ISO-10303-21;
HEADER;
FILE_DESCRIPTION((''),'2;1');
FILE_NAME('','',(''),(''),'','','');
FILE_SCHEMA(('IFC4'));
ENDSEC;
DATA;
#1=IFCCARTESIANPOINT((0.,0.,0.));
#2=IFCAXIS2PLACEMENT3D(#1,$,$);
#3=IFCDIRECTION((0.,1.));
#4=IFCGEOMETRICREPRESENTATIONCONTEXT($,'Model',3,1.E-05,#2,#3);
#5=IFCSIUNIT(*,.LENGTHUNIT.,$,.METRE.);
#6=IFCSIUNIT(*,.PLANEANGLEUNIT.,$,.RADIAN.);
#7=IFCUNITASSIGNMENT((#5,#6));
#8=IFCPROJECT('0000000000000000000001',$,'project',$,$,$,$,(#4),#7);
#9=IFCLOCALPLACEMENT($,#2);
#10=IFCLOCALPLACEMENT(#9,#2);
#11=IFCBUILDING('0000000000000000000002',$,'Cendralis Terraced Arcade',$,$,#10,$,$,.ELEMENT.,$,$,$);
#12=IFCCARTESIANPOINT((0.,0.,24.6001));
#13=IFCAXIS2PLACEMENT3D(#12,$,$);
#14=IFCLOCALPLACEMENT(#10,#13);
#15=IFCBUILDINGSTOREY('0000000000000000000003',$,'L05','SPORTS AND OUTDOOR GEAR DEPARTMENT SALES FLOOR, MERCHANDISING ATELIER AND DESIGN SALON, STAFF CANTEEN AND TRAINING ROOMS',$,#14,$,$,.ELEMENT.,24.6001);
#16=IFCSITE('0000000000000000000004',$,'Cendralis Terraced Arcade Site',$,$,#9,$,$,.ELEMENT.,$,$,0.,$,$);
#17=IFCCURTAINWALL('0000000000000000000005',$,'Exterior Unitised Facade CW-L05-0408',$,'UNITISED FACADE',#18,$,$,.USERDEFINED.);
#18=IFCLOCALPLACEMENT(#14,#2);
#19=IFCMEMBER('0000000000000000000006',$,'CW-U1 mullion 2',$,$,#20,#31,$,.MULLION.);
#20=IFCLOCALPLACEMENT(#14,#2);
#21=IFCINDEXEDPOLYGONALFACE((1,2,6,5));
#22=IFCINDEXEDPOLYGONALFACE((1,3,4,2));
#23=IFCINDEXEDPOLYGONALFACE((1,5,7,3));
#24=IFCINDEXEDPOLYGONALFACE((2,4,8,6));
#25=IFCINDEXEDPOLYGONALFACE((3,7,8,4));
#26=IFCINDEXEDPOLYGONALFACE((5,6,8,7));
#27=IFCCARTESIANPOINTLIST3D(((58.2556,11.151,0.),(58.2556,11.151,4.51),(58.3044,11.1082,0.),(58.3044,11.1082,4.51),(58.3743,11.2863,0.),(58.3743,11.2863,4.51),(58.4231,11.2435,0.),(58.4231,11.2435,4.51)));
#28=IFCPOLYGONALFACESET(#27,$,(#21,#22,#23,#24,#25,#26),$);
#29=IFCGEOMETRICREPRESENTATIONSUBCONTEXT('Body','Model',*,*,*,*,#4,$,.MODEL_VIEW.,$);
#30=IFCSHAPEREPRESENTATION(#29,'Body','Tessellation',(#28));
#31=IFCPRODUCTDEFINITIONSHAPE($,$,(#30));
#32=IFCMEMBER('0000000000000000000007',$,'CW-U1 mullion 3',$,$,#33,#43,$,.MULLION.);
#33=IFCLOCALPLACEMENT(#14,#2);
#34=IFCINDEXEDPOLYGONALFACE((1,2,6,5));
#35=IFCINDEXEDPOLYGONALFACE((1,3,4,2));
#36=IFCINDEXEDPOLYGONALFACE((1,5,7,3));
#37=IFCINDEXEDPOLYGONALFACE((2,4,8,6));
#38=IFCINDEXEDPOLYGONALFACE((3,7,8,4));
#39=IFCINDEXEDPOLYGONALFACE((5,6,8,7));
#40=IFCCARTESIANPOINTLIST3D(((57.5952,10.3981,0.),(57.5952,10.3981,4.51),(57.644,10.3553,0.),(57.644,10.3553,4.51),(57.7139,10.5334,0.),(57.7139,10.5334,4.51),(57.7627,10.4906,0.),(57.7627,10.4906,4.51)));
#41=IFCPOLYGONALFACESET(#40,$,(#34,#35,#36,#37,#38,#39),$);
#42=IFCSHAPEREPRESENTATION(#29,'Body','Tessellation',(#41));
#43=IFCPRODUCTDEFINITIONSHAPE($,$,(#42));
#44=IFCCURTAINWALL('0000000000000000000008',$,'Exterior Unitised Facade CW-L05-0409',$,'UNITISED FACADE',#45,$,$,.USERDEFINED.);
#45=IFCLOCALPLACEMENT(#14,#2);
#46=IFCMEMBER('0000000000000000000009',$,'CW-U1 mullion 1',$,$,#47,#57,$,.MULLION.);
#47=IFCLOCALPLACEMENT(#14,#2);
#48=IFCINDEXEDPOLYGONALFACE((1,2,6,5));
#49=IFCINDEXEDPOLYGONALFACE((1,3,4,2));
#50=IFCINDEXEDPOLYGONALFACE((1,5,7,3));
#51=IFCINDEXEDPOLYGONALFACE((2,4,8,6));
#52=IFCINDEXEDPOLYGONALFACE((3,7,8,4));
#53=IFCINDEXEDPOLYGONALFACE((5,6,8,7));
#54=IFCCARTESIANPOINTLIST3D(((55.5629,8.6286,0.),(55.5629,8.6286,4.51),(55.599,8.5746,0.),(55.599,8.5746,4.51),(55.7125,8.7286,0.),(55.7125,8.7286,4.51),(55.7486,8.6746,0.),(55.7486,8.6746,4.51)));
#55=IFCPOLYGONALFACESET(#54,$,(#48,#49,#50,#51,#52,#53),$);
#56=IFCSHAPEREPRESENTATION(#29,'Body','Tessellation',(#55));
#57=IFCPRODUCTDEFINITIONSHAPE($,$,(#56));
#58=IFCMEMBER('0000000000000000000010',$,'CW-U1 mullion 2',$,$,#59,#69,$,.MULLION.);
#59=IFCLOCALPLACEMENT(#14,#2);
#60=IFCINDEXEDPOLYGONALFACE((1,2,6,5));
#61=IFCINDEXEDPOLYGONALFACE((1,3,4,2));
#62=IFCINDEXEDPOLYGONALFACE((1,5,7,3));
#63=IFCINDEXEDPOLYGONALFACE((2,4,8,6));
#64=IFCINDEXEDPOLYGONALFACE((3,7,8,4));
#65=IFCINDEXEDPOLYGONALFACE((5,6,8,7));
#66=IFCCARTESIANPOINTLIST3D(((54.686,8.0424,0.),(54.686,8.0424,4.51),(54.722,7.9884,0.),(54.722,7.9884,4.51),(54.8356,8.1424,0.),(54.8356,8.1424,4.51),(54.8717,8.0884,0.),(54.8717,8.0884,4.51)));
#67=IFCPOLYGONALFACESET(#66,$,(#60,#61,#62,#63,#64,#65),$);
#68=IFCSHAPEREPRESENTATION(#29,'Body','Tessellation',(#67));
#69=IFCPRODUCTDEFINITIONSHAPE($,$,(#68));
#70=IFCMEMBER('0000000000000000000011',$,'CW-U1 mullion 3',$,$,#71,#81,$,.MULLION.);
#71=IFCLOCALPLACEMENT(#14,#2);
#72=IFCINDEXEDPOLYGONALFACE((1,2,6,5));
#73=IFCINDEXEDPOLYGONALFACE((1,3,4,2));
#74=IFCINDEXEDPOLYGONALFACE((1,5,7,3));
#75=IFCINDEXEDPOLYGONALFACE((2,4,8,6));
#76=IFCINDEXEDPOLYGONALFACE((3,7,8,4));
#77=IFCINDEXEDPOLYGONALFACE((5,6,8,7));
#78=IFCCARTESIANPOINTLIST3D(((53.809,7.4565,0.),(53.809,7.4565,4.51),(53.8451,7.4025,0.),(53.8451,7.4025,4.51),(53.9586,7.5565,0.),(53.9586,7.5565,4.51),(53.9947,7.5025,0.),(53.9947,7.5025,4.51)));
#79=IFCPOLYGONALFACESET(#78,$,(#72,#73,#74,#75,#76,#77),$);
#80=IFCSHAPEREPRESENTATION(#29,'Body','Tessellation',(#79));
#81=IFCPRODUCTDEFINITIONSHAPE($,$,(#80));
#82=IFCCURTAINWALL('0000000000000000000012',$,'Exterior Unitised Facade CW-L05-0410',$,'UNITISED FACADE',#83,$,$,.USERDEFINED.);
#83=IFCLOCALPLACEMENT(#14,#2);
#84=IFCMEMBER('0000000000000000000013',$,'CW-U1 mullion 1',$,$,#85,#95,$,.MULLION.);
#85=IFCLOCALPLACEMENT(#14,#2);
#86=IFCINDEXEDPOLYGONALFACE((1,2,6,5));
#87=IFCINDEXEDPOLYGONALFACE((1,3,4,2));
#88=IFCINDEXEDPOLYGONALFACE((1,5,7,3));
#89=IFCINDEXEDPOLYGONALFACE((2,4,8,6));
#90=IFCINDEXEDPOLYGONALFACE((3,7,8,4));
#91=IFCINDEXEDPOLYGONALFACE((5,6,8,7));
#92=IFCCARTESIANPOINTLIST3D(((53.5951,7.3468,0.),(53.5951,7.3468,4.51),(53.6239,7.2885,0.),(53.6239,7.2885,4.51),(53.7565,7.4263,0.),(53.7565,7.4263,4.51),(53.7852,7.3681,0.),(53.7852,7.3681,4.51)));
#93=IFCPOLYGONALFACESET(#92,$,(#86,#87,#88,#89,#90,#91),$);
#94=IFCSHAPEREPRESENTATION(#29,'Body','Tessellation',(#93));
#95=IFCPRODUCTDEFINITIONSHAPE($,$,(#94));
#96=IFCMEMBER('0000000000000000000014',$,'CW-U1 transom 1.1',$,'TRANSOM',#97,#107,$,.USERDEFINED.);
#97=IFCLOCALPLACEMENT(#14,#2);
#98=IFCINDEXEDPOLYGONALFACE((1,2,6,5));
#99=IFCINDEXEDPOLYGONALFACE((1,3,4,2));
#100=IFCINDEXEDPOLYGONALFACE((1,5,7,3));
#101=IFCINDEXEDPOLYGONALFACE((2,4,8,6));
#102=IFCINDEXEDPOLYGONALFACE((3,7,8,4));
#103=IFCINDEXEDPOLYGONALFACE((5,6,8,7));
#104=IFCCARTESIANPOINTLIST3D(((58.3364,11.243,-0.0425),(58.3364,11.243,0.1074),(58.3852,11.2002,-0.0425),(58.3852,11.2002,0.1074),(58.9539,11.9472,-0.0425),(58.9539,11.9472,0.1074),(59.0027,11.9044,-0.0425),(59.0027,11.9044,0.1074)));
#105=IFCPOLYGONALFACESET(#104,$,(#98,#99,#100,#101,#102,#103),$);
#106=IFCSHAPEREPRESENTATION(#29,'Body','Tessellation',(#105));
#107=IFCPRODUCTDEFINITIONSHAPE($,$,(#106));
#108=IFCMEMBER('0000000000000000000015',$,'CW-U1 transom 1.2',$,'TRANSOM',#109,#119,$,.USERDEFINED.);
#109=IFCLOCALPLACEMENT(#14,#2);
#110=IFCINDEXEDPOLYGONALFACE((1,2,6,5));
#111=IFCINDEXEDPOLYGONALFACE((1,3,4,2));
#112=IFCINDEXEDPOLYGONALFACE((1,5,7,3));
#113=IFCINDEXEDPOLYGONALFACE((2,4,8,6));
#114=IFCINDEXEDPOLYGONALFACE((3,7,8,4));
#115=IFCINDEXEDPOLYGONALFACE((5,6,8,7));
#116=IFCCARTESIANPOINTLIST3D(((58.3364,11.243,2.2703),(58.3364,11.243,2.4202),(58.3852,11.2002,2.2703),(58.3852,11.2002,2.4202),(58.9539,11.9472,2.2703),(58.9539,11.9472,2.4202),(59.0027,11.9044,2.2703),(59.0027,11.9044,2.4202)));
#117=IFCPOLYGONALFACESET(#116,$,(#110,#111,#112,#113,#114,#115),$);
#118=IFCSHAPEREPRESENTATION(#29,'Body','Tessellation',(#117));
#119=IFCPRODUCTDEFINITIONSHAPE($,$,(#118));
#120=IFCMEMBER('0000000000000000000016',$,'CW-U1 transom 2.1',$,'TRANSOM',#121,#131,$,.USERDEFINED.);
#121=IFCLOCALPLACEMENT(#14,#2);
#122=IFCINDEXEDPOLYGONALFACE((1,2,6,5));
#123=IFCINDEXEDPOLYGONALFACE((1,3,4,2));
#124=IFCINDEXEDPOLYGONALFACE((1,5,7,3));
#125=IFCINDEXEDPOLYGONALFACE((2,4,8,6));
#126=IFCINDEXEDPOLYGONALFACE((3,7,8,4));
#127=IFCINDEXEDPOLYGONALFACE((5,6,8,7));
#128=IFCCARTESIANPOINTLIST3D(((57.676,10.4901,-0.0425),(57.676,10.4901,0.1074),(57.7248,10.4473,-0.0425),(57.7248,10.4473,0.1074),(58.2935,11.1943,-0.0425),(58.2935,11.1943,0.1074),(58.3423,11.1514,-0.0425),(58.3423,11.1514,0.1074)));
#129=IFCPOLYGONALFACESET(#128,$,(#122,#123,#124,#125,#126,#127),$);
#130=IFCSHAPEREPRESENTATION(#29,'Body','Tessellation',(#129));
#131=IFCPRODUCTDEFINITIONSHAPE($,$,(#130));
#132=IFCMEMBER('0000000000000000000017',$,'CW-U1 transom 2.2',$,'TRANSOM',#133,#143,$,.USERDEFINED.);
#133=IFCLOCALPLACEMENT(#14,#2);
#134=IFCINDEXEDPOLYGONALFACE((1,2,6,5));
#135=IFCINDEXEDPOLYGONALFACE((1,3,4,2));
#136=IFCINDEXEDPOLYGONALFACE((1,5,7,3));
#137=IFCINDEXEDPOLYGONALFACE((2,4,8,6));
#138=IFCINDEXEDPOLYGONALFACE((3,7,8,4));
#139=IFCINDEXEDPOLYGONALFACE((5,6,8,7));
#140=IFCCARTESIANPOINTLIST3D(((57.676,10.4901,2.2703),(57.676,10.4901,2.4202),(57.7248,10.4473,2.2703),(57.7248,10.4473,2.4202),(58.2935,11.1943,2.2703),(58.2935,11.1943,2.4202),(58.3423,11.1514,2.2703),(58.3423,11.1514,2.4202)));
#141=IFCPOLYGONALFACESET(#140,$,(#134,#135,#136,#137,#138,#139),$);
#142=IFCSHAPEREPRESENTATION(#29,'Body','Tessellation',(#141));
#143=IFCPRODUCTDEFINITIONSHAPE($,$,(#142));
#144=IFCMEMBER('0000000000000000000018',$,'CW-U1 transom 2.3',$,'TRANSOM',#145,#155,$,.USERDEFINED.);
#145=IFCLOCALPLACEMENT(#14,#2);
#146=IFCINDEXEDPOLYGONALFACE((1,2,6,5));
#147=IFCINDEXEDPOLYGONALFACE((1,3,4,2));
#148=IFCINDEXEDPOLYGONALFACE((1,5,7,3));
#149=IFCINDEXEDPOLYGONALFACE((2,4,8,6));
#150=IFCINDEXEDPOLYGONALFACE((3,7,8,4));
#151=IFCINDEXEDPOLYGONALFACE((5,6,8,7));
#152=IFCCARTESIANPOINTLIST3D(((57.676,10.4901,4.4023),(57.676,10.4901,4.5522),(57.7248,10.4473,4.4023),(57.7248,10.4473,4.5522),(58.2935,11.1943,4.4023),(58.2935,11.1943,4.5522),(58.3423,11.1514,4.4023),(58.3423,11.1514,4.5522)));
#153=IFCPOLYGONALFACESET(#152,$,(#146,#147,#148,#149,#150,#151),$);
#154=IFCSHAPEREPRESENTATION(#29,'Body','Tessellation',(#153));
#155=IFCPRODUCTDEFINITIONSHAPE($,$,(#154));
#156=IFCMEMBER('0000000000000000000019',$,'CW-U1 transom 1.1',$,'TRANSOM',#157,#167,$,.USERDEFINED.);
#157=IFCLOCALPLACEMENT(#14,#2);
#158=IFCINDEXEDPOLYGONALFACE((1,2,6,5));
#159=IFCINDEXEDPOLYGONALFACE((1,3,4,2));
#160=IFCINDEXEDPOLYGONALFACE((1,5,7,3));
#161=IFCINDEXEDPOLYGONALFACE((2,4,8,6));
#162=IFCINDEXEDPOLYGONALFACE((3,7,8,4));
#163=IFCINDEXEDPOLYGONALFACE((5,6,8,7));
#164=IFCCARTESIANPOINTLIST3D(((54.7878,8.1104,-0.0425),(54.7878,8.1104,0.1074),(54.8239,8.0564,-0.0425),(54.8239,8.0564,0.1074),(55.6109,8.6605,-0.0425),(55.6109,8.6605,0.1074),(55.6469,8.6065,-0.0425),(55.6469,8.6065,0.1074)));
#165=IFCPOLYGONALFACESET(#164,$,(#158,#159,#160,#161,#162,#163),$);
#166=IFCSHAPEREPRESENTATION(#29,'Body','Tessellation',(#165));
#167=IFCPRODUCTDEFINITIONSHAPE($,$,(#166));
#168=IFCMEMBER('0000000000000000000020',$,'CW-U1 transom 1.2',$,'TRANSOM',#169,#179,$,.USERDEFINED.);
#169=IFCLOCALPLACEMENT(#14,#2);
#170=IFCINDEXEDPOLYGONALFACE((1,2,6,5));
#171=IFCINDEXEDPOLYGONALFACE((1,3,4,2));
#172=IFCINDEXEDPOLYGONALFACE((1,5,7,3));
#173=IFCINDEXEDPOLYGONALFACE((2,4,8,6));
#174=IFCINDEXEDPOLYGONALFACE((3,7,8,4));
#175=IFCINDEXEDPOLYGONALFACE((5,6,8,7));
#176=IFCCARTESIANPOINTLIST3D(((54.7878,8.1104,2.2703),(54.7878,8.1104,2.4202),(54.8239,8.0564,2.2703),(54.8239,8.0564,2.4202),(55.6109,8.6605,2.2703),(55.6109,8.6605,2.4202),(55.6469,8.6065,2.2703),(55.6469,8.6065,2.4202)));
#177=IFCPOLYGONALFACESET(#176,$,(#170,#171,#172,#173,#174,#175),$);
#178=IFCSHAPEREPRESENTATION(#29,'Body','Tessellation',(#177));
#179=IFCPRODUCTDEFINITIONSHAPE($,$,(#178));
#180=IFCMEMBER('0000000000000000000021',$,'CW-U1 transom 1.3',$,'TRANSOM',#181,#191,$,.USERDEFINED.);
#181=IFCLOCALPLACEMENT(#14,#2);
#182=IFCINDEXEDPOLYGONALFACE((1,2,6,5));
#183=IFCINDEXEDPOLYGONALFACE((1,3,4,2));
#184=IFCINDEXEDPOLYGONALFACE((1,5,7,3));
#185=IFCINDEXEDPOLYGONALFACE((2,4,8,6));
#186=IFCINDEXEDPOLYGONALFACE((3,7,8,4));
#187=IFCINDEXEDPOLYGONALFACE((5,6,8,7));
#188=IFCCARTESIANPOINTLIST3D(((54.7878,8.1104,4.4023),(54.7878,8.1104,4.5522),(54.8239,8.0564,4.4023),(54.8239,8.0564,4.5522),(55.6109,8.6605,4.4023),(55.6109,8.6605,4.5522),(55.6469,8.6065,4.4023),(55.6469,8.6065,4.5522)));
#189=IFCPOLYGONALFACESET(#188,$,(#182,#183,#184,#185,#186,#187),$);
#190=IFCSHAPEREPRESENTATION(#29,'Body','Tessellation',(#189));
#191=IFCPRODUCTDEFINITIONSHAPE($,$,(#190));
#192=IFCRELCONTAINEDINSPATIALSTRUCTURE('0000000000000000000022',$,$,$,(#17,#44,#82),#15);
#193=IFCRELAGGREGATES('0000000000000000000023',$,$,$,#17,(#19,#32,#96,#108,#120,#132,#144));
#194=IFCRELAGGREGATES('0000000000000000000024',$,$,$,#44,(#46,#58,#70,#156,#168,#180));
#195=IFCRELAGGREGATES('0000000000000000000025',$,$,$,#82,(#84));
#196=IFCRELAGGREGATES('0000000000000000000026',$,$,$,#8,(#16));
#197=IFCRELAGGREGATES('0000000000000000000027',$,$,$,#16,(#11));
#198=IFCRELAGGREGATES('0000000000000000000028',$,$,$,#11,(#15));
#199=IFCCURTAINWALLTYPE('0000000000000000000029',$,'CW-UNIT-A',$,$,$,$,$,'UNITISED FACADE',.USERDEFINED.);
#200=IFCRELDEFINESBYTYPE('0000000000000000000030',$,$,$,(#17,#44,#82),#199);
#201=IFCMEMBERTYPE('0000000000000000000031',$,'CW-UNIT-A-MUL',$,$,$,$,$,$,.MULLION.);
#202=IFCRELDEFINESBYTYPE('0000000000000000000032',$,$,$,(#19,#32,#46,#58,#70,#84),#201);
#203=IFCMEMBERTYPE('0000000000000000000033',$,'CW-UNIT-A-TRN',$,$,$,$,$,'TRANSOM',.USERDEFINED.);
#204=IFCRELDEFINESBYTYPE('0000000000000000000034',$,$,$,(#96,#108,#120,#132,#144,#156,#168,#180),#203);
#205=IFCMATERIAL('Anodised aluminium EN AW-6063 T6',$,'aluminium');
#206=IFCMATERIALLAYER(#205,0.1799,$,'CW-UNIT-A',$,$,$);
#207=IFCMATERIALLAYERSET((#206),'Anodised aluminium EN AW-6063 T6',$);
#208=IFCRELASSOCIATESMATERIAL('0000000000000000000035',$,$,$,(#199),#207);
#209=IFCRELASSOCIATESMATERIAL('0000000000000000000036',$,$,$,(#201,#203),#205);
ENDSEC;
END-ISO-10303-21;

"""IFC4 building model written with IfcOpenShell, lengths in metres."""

from ifc_helpers import new_model, si_unit, direction, frame, origin, origin_2d, place, context, subcontext, project, spatial, rectangle, extrude, material, layer, layer_set, material_profile, profile_set, type_object, element, aggregate, save


model = new_model("IFC4")

# Units and contexts
model_context = context("Model", 3, precision=1e-05, world=origin(), true_north=direction((0.0, 1.0)))
body_context = subcontext(model_context, "Body", "Model", "MODEL_VIEW")
ifc_project = project(units=[si_unit("LENGTHUNIT", "METRE"), si_unit("PLANEANGLEUNIT", "RADIAN")], contexts=[model_context])

# Site, building, storey
site_placement = place(None, origin())
site = spatial("IfcSite", under=ifc_project, at=site_placement, Name="Cendralis Terraced Arcade Site", CompositionType="ELEMENT", RefElevation=0.0)
building_placement = place(site_placement, origin())
building = spatial("IfcBuilding", under=site, at=building_placement, Name="Cendralis Terraced Arcade", CompositionType="ELEMENT")
storey_placement = place(building_placement, frame((0.0, 0.0, 24.6001)))
storey = spatial("IfcBuildingStorey", under=building, at=storey_placement, Name="L05", Description="SPORTS AND OUTDOOR GEAR DEPARTMENT SALES FLOOR, MERCHANDISING ATELIER AND DESIGN SALON, STAFF CANTEEN AND TRAINING ROOMS", CompositionType="ELEMENT", Elevation=24.6001)

# Curtain walls, members
ifc_material_1 = material(Name="Anodised aluminium EN AW-6063 T6", Category="aluminium")
ifc_layer_1 = layer(ifc_material_1, 0.1799, Name="CW-UNIT-A")
ifc_layer_set_1 = layer_set([ifc_layer_1], Name="Anodised aluminium EN AW-6063 T6")
curtain_wall_type = type_object("IfcCurtainWallType", Name="CW-UNIT-A", ElementType="UNITISED FACADE", PredefinedType="USERDEFINED", material=ifc_layer_set_1)
curtain_wall_1_placement = place(storey_placement, origin())
curtain_wall_1 = element("IfcCurtainWall", 1, at=curtain_wall_1_placement, inside=storey, type_object=curtain_wall_type, Name="Exterior Unitised Facade CW-L05-0408", ObjectType="UNITISED FACADE", PredefinedType="USERDEFINED")
ifc_material_profile_1 = material_profile(ifc_material_1, rectangle(XDim=0.0649, YDim=0.1799, at=origin_2d()), Name="ALU-MUL-65x180")
ifc_profile_set_1 = profile_set([ifc_material_profile_1], Name="Anodised aluminium EN AW-6063 T6")
member_type_1 = type_object("IfcMemberType", Name="CW-UNIT-A-MUL", PredefinedType="MULLION", material=ifc_profile_set_1)
member_1_placement = place(storey_placement, frame((58.3394, 11.1973, 0.0), z_axis=(0.0, 0.0, 1.0), x_axis=(0.751803, -0.659387, 0.0)))
member_1 = element("IfcMember", 2, at=member_1_placement, type_object=member_type_1, Name="CW-U1 mullion 2", PredefinedType="MULLION", context=body_context, shape_type="SweptSolid", body=[
    extrude(rectangle(XDim=0.0649, YDim=0.1799, at=origin_2d()), origin(), (0.0, 0.0, 1.0), 4.51),
])
member_2_placement = place(storey_placement, frame((57.679, 10.4443, 0.0), z_axis=(0.0, 0.0, 1.0), x_axis=(0.751803, -0.659387, 0.0)))
member_2 = element("IfcMember", 3, at=member_2_placement, type_object=member_type_1, Name="CW-U1 mullion 3", PredefinedType="MULLION", context=body_context, shape_type="SweptSolid", body=[
    extrude(rectangle(XDim=0.0649, YDim=0.1799, at=origin_2d()), origin(), (0.0, 0.0, 1.0), 4.51),
])
curtain_wall_2_placement = place(storey_placement, origin())
curtain_wall_2 = element("IfcCurtainWall", 4, at=curtain_wall_2_placement, inside=storey, type_object=curtain_wall_type, Name="Exterior Unitised Facade CW-L05-0409", ObjectType="UNITISED FACADE", PredefinedType="USERDEFINED")
member_3_placement = place(storey_placement, frame((55.6558, 8.6516, 0.0), z_axis=(0.0, 0.0, 1.0), x_axis=(0.555559, -0.831477, 0.0)))
member_3 = element("IfcMember", 5, at=member_3_placement, type_object=member_type_1, Name="CW-U1 mullion 1", PredefinedType="MULLION", context=body_context, shape_type="SweptSolid", body=[
    extrude(rectangle(XDim=0.0649, YDim=0.1799, at=origin_2d()), origin(), (0.0, 0.0, 1.0), 4.51),
])
member_4_placement = place(storey_placement, frame((54.7788, 8.0654, 0.0), z_axis=(0.0, 0.0, 1.0), x_axis=(0.555559, -0.831477, 0.0)))
member_4 = element("IfcMember", 6, at=member_4_placement, type_object=member_type_1, Name="CW-U1 mullion 2", PredefinedType="MULLION", context=body_context, shape_type="SweptSolid", body=[
    extrude(rectangle(XDim=0.0649, YDim=0.1799, at=origin_2d()), origin(), (0.0, 0.0, 1.0), 4.51),
])
member_5_placement = place(storey_placement, frame((53.9019, 7.4795, 0.0), z_axis=(0.0, 0.0, 1.0), x_axis=(0.555559, -0.831477, 0.0)))
member_5 = element("IfcMember", 7, at=member_5_placement, type_object=member_type_1, Name="CW-U1 mullion 3", PredefinedType="MULLION", context=body_context, shape_type="SweptSolid", body=[
    extrude(rectangle(XDim=0.0649, YDim=0.1799, at=origin_2d()), origin(), (0.0, 0.0, 1.0), 4.51),
])

# Curtain wall, member
curtain_wall_3_placement = place(storey_placement, origin())
curtain_wall_3 = element("IfcCurtainWall", 8, at=curtain_wall_3_placement, inside=storey, type_object=curtain_wall_type, Name="Exterior Unitised Facade CW-L05-0410", ObjectType="UNITISED FACADE", PredefinedType="USERDEFINED")
member_6_placement = place(storey_placement, frame((53.6902, 7.3574, 0.0), z_axis=(0.0, 0.0, 1.0), x_axis=(0.442259, -0.896888, 0.0)))
member_6 = element("IfcMember", 9, at=member_6_placement, type_object=member_type_1, Name="CW-U1 mullion 1", PredefinedType="MULLION", context=body_context, shape_type="SweptSolid", body=[
    extrude(rectangle(XDim=0.0649, YDim=0.1799, at=origin_2d()), origin(), (0.0, 0.0, 1.0), 4.51),
])

# Members
ifc_material_profile_2 = material_profile(ifc_material_1, rectangle(XDim=0.0649, YDim=0.1499, at=origin_2d()), Name="ALU-TRN-65x150")
ifc_profile_set_2 = profile_set([ifc_material_profile_2], Name="Anodised aluminium EN AW-6063 T6")
member_type_2 = type_object("IfcMemberType", Name="CW-UNIT-A-TRN", ElementType="TRANSOM", PredefinedType="USERDEFINED", material=ifc_profile_set_2)
member_7_placement = place(storey_placement, frame((58.9783, 11.9258, 0.0325), z_axis=(-0.659316, -0.751866, 0.0), x_axis=(0.751866, -0.659316, 0.0)))
member_7 = element("IfcMember", 10, at=member_7_placement, type_object=member_type_2, Name="CW-U1 transom 1.1", ObjectType="TRANSOM", PredefinedType="USERDEFINED", context=body_context, shape_type="SweptSolid", body=[
    extrude(rectangle(XDim=0.0649, YDim=0.1499, at=origin_2d()), origin(), (0.0, 0.0, 1.0), 0.9365),
])
member_8_placement = place(storey_placement, frame((58.9783, 11.9258, 2.3452), z_axis=(-0.659316, -0.751866, 0.0), x_axis=(0.751866, -0.659316, 0.0)))
member_8 = element("IfcMember", 11, at=member_8_placement, type_object=member_type_2, Name="CW-U1 transom 1.2", ObjectType="TRANSOM", PredefinedType="USERDEFINED", context=body_context, shape_type="SweptSolid", body=[
    extrude(rectangle(XDim=0.0649, YDim=0.1499, at=origin_2d()), origin(), (0.0, 0.0, 1.0), 0.9365),
])
member_9_placement = place(storey_placement, frame((58.3179, 11.1729, 0.0325), z_axis=(-0.659316, -0.751866, 0.0), x_axis=(0.751866, -0.659316, 0.0)))
member_9 = element("IfcMember", 12, at=member_9_placement, type_object=member_type_2, Name="CW-U1 transom 2.1", ObjectType="TRANSOM", PredefinedType="USERDEFINED", context=body_context, shape_type="SweptSolid", body=[
    extrude(rectangle(XDim=0.0649, YDim=0.1499, at=origin_2d()), origin(), (0.0, 0.0, 1.0), 0.9365),
])
member_10_placement = place(storey_placement, frame((58.3179, 11.1729, 2.3452), z_axis=(-0.659316, -0.751866, 0.0), x_axis=(0.751866, -0.659316, 0.0)))
member_10 = element("IfcMember", 13, at=member_10_placement, type_object=member_type_2, Name="CW-U1 transom 2.2", ObjectType="TRANSOM", PredefinedType="USERDEFINED", context=body_context, shape_type="SweptSolid", body=[
    extrude(rectangle(XDim=0.0649, YDim=0.1499, at=origin_2d()), origin(), (0.0, 0.0, 1.0), 0.9365),
])
member_11_placement = place(storey_placement, frame((58.3179, 11.1729, 4.4773), z_axis=(-0.659316, -0.751866, 0.0), x_axis=(0.751866, -0.659316, 0.0)))
member_11 = element("IfcMember", 14, at=member_11_placement, type_object=member_type_2, Name="CW-U1 transom 2.3", ObjectType="TRANSOM", PredefinedType="USERDEFINED", context=body_context, shape_type="SweptSolid", body=[
    extrude(rectangle(XDim=0.0649, YDim=0.1499, at=origin_2d()), origin(), (0.0, 0.0, 1.0), 0.9365),
])
member_12_placement = place(storey_placement, frame((55.6289, 8.6335, 0.0325), z_axis=(-0.831405, -0.555667, 0.0), x_axis=(0.555667, -0.831405, 0.0)))
member_12 = element("IfcMember", 15, at=member_12_placement, type_object=member_type_2, Name="CW-U1 transom 1.1", ObjectType="TRANSOM", PredefinedType="USERDEFINED", context=body_context, shape_type="SweptSolid", body=[
    extrude(rectangle(XDim=0.0649, YDim=0.1499, at=origin_2d()), origin(), (0.0, 0.0, 1.0), 0.99),
])
member_13_placement = place(storey_placement, frame((55.6289, 8.6335, 2.3452), z_axis=(-0.831405, -0.555667, 0.0), x_axis=(0.555667, -0.831405, 0.0)))
member_13 = element("IfcMember", 16, at=member_13_placement, type_object=member_type_2, Name="CW-U1 transom 1.2", ObjectType="TRANSOM", PredefinedType="USERDEFINED", context=body_context, shape_type="SweptSolid", body=[
    extrude(rectangle(XDim=0.0649, YDim=0.1499, at=origin_2d()), origin(), (0.0, 0.0, 1.0), 0.99),
])
member_14_placement = place(storey_placement, frame((55.6289, 8.6335, 4.4773), z_axis=(-0.831405, -0.555667, 0.0), x_axis=(0.555667, -0.831405, 0.0)))
member_14 = element("IfcMember", 17, at=member_14_placement, type_object=member_type_2, Name="CW-U1 transom 1.3", ObjectType="TRANSOM", PredefinedType="USERDEFINED", context=body_context, shape_type="SweptSolid", body=[
    extrude(rectangle(XDim=0.0649, YDim=0.1499, at=origin_2d()), origin(), (0.0, 0.0, 1.0), 0.99),
])

aggregate(curtain_wall_1, [member_1, member_2, member_7, member_8, member_9, member_10, member_11])
aggregate(curtain_wall_2, [member_3, member_4, member_5, member_12, member_13, member_14])
aggregate(curtain_wall_3, [member_6])

save(model, "model.ifc")
